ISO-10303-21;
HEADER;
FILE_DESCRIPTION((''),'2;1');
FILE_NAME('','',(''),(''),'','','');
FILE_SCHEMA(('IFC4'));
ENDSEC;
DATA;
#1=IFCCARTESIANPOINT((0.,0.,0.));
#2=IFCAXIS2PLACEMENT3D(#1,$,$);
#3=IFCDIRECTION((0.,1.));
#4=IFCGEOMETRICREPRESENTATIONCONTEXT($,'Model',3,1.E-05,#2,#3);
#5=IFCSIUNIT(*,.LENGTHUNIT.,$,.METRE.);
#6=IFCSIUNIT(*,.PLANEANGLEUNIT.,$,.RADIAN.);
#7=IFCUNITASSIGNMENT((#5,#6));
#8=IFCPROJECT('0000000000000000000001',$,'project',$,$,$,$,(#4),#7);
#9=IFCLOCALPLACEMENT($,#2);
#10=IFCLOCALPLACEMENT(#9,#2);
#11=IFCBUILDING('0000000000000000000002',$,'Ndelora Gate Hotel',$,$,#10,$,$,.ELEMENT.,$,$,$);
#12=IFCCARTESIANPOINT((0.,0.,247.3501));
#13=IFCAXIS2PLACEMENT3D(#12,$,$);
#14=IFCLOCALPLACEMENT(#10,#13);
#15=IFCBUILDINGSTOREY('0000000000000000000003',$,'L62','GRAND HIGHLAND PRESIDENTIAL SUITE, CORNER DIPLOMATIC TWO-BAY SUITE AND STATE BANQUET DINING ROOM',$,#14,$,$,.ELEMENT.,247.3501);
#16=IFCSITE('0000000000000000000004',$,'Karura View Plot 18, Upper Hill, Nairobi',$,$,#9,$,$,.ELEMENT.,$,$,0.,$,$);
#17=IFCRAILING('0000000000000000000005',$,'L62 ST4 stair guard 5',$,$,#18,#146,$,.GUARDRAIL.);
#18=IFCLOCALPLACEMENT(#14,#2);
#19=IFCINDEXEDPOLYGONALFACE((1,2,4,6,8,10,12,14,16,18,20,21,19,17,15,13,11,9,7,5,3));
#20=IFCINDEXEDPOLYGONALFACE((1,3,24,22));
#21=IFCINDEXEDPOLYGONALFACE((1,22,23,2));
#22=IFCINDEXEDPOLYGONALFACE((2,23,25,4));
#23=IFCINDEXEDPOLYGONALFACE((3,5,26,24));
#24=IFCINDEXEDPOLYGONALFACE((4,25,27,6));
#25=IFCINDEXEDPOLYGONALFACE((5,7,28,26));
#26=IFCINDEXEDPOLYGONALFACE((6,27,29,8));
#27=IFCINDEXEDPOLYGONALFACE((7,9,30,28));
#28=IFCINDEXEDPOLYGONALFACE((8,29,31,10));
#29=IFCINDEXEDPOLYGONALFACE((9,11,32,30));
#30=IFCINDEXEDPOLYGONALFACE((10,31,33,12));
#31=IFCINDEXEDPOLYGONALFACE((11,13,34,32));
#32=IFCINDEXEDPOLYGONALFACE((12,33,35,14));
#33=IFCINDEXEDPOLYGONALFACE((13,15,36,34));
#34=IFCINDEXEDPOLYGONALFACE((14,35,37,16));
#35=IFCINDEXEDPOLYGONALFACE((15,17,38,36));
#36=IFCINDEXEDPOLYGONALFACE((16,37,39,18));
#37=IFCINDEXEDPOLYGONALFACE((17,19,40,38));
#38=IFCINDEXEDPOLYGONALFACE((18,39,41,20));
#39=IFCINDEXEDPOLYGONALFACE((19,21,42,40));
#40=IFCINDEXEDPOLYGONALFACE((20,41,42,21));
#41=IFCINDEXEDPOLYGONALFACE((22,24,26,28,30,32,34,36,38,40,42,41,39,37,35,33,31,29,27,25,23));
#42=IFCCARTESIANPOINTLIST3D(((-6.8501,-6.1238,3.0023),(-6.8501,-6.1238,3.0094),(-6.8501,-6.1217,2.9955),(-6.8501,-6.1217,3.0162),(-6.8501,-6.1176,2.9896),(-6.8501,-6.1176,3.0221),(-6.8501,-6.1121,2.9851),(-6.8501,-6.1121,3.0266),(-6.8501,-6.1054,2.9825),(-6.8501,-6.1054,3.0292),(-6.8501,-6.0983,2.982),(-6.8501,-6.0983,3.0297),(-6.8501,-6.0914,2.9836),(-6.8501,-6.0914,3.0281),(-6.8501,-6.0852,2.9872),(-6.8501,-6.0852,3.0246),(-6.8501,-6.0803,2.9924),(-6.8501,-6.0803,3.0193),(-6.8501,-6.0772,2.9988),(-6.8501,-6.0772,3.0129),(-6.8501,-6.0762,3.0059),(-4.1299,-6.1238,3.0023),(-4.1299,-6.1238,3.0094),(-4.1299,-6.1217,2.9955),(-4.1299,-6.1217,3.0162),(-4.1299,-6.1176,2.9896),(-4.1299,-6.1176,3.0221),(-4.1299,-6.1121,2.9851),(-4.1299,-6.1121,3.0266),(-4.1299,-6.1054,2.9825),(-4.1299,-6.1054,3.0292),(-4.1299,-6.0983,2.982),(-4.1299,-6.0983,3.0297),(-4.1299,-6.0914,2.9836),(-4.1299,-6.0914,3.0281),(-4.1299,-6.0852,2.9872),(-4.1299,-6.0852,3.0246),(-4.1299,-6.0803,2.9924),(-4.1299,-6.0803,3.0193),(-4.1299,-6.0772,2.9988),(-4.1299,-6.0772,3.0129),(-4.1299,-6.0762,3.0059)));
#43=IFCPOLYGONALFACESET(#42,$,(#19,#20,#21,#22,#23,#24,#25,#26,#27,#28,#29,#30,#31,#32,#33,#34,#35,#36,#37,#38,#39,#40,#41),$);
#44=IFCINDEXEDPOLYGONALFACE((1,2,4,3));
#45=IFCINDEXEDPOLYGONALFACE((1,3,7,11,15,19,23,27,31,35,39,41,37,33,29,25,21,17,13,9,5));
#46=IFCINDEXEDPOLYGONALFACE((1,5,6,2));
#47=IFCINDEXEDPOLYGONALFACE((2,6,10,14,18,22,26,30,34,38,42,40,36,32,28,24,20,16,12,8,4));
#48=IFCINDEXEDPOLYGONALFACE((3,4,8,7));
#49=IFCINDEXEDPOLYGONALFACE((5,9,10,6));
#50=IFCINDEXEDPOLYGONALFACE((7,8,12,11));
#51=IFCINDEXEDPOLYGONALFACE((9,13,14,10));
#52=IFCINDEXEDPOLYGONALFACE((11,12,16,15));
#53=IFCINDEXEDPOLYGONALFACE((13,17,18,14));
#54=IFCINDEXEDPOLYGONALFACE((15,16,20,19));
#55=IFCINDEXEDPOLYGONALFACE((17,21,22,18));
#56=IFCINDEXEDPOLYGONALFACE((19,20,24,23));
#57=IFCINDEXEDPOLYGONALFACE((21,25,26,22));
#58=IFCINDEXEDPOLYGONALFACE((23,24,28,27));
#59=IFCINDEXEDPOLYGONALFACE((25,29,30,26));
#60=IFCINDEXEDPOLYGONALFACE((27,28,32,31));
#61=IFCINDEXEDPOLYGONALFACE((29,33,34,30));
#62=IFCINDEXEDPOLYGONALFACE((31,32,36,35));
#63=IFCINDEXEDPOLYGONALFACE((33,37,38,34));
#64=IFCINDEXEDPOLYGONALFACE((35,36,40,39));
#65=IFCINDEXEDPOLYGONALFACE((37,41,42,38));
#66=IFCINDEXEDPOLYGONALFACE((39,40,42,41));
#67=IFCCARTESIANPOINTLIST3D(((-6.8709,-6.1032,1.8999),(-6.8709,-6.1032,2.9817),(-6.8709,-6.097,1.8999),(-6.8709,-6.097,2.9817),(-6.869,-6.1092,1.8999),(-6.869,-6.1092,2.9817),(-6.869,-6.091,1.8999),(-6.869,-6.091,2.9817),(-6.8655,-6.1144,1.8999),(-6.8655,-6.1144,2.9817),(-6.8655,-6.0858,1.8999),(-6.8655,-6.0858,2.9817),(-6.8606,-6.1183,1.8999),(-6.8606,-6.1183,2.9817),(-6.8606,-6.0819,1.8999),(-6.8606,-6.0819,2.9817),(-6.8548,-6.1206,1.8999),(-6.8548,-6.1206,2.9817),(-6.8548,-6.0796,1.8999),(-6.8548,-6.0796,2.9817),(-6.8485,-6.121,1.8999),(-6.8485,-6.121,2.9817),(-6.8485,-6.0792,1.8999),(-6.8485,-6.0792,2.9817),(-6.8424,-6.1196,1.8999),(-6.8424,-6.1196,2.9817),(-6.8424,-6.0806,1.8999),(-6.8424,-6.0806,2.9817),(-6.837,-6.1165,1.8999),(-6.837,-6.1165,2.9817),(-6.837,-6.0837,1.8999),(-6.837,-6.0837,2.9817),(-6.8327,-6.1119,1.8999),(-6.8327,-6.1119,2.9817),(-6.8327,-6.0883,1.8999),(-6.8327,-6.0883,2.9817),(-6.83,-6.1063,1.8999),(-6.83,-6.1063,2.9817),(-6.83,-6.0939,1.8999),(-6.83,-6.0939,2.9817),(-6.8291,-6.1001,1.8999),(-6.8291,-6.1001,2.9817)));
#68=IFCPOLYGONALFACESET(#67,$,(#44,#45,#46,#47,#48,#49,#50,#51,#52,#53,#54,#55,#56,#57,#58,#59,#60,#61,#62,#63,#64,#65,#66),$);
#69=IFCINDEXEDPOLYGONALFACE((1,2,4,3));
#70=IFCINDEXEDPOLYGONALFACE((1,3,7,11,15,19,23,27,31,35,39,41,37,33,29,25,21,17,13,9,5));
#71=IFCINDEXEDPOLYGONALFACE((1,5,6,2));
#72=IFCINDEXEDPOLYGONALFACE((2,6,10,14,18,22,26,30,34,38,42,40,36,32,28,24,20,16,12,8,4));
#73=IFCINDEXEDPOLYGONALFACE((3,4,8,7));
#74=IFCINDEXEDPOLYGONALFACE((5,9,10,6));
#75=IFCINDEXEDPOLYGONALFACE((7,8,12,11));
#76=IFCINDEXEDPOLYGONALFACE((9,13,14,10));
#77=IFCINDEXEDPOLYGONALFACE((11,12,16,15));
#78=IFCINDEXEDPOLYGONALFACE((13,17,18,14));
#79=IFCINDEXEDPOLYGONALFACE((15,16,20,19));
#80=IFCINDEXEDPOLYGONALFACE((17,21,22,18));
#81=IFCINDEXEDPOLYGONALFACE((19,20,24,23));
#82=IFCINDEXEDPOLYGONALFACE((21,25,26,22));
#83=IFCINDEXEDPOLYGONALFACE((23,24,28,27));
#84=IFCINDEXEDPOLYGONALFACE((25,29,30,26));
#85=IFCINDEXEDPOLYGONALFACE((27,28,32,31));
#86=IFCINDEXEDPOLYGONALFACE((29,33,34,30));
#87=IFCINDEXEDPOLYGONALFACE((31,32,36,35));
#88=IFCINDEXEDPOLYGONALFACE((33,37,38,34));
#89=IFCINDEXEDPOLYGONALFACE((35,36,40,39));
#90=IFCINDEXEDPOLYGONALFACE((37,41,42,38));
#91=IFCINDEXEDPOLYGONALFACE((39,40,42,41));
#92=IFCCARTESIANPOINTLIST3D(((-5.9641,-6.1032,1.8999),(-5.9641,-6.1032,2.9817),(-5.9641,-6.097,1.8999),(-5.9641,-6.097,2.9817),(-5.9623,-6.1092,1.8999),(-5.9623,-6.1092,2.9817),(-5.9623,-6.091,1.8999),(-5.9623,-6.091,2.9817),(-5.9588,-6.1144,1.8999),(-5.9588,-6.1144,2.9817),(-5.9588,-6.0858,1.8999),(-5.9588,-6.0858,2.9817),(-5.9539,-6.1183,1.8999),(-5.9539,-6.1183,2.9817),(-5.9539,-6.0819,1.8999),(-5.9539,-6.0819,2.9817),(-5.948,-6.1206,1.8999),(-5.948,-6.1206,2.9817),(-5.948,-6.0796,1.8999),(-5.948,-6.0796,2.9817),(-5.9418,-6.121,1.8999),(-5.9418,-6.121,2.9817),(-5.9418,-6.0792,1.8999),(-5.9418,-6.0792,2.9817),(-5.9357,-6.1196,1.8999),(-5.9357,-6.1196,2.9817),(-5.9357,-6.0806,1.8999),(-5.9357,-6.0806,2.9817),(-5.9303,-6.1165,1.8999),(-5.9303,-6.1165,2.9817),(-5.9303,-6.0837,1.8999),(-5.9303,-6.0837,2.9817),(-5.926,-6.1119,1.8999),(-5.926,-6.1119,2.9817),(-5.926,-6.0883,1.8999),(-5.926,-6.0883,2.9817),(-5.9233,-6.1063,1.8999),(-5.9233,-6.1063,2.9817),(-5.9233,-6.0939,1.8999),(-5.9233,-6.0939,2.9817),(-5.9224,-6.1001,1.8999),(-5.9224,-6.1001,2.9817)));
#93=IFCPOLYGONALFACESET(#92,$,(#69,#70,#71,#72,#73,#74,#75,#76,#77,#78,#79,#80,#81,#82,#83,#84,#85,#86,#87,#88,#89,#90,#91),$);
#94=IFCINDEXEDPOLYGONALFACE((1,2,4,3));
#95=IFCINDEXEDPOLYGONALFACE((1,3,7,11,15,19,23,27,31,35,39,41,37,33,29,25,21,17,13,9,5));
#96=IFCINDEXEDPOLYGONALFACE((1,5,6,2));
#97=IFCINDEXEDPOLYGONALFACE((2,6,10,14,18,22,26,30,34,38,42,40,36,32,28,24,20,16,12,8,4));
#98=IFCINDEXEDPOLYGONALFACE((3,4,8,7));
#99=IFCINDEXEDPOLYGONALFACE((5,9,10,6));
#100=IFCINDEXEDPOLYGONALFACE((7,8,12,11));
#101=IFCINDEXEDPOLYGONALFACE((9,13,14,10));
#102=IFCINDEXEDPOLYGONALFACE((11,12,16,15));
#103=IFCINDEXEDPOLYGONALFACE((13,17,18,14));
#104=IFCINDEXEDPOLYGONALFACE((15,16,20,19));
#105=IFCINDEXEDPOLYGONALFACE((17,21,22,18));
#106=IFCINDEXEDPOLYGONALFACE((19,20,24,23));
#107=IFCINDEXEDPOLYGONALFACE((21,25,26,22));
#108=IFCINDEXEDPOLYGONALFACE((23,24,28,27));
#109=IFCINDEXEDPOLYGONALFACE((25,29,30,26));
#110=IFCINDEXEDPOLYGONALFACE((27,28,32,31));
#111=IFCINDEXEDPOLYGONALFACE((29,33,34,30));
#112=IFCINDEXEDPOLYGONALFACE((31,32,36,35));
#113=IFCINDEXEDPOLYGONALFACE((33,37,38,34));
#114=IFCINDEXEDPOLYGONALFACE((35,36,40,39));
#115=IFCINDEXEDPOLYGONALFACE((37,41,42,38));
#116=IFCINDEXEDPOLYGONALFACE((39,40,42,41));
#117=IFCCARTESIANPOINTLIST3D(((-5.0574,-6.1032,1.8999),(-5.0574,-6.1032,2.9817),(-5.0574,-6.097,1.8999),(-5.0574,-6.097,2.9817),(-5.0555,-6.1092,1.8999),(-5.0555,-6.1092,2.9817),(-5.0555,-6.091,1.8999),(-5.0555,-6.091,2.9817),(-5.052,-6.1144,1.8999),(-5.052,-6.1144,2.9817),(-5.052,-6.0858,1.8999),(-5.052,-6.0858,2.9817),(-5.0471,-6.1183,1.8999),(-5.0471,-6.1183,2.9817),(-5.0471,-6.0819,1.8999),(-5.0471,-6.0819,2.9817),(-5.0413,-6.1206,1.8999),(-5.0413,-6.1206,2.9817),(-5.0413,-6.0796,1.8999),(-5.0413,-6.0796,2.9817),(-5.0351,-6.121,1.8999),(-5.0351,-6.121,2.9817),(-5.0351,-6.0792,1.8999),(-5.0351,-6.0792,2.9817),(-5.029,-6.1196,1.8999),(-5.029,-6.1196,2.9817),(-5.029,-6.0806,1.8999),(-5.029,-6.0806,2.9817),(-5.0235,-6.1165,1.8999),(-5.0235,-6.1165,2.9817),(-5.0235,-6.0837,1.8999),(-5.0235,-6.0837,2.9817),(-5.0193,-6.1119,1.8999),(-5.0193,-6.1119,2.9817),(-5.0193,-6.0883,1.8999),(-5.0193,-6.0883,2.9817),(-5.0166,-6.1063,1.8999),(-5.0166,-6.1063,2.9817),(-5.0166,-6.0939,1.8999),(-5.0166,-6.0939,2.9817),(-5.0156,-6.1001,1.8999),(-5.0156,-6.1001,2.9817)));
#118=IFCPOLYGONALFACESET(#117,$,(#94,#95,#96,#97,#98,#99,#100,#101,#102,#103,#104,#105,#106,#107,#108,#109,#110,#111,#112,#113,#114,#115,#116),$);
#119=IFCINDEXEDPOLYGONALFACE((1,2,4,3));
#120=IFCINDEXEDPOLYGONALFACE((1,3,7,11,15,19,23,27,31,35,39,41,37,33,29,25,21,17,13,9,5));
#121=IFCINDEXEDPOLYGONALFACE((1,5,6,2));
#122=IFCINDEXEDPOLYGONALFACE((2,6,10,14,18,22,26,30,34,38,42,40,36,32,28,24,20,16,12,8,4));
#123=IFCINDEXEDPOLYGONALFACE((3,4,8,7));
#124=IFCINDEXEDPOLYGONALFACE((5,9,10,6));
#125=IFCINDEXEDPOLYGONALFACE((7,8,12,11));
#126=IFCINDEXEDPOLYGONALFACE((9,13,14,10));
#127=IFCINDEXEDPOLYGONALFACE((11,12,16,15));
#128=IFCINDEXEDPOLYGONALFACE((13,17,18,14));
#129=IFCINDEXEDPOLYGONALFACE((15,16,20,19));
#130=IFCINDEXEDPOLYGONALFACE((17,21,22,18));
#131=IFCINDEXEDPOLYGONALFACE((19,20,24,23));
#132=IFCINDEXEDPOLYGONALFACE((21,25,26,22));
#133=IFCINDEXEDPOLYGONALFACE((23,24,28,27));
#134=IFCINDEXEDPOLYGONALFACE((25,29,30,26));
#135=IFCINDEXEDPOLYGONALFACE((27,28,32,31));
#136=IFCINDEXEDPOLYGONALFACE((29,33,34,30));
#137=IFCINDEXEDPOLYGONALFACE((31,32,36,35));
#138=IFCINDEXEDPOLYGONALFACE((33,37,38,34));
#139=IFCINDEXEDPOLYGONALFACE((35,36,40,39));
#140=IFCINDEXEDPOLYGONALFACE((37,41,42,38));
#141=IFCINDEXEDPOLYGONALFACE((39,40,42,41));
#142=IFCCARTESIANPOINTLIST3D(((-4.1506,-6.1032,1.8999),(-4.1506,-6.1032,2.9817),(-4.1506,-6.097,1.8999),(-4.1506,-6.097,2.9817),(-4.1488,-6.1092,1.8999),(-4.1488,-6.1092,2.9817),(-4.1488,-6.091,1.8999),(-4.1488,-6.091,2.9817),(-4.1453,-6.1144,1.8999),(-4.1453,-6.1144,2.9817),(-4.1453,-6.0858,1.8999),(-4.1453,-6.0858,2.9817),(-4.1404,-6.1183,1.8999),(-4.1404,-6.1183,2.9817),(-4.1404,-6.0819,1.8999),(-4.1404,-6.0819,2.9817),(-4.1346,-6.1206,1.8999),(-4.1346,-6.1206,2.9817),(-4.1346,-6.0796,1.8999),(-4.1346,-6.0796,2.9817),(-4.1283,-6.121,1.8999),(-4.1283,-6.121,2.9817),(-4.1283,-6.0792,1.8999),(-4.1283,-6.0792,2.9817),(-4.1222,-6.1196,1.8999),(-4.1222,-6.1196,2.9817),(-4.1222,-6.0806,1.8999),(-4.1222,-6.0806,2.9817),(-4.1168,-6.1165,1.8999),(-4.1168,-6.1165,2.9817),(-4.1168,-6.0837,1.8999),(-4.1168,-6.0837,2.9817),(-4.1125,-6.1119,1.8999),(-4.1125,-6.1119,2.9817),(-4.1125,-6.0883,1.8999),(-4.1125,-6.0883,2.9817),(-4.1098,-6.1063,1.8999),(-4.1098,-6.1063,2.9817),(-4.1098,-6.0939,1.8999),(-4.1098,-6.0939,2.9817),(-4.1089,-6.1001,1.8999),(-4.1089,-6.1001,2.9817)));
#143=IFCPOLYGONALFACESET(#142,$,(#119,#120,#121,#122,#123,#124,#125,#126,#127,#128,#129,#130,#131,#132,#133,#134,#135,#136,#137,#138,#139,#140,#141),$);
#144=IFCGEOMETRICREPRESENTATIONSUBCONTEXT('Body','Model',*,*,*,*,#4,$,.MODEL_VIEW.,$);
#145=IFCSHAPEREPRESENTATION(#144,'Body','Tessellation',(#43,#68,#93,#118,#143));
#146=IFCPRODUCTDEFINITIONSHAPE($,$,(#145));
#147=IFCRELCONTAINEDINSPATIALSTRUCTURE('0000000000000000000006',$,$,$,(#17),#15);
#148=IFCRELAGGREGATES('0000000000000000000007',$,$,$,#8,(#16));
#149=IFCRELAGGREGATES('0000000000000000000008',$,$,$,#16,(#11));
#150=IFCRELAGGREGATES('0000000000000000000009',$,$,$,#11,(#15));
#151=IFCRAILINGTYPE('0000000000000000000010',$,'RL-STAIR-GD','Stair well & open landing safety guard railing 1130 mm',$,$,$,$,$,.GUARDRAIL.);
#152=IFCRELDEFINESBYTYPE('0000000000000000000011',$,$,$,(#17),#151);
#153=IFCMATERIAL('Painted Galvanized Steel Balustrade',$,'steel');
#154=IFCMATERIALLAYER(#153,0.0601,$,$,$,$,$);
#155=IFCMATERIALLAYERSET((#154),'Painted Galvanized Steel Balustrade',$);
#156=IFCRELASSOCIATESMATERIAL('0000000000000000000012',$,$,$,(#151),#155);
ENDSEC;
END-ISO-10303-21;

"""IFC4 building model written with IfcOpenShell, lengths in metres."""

from ifc_helpers import new_model, si_unit, direction, frame, origin, origin_2d, place, context, subcontext, project, spatial, circle, extrude, material, layer, layer_set, type_object, element, save


model = new_model("IFC4")

# Units and contexts
model_context = context("Model", 3, precision=1e-05, world=origin(), true_north=direction((0.0, 1.0)))
body_context = subcontext(model_context, "Body", "Model", "MODEL_VIEW")
ifc_project = project(units=[si_unit("LENGTHUNIT", "METRE"), si_unit("PLANEANGLEUNIT", "RADIAN")], contexts=[model_context])

# Site, building, storey
site_placement = place(None, origin())
site = spatial("IfcSite", under=ifc_project, at=site_placement, Name="Karura View Plot 18, Upper Hill, Nairobi", CompositionType="ELEMENT", RefElevation=0.0)
building_placement = place(site_placement, origin())
building = spatial("IfcBuilding", under=site, at=building_placement, Name="Ndelora Gate Hotel", CompositionType="ELEMENT")
storey_placement = place(building_placement, frame((0.0, 0.0, 247.3501)))
storey = spatial("IfcBuildingStorey", under=building, at=storey_placement, Name="L62", Description="GRAND HIGHLAND PRESIDENTIAL SUITE, CORNER DIPLOMATIC TWO-BAY SUITE AND STATE BANQUET DINING ROOM", CompositionType="ELEMENT", Elevation=247.3501)

# Railing
ifc_material_1 = material(Name="Painted Galvanized Steel Balustrade", Category="steel")
ifc_layer_1 = layer(ifc_material_1, 0.0601)
ifc_layer_set_1 = layer_set([ifc_layer_1], Name="Painted Galvanized Steel Balustrade")
railing_type_1 = type_object("IfcRailingType", Name="RL-STAIR-GD", Description="Stair well & open landing safety guard railing 1130 mm", PredefinedType="GUARDRAIL", material=ifc_layer_set_1)
railing_1_placement = place(storey_placement, frame((-6.8501, -6.1001, 1.8999)))
element("IfcRailing", 1, at=railing_1_placement, inside=storey, type_object=railing_type_1, Name="L62 ST4 stair guard 5", PredefinedType="GUARDRAIL", context=body_context, shape_type="SweptSolid", body=[
    extrude(circle(Radius=0.0239, at=origin_2d()), frame((0.0, 0.0, 1.106), z_axis=(1.0, 0.0, 0.0), x_axis=(0.0, 1.0, 0.0)), (0.0, 0.0, 1.0), 2.7202),
    extrude(circle(Radius=0.021, at=origin_2d()), origin(), (0.0, 0.0, 1.0), 1.0818),
    extrude(circle(Radius=0.021, at=origin_2d()), frame((0.9067, 0.0, 0.0)), (0.0, 0.0, 1.0), 1.0818),
    extrude(circle(Radius=0.021, at=origin_2d()), frame((1.8135, 0.0, 0.0)), (0.0, 0.0, 1.0), 1.0818),
    extrude(circle(Radius=0.021, at=origin_2d()), frame((2.7202, 0.0, 0.0)), (0.0, 0.0, 1.0), 1.0818),
])

save(model, "model.ifc")
